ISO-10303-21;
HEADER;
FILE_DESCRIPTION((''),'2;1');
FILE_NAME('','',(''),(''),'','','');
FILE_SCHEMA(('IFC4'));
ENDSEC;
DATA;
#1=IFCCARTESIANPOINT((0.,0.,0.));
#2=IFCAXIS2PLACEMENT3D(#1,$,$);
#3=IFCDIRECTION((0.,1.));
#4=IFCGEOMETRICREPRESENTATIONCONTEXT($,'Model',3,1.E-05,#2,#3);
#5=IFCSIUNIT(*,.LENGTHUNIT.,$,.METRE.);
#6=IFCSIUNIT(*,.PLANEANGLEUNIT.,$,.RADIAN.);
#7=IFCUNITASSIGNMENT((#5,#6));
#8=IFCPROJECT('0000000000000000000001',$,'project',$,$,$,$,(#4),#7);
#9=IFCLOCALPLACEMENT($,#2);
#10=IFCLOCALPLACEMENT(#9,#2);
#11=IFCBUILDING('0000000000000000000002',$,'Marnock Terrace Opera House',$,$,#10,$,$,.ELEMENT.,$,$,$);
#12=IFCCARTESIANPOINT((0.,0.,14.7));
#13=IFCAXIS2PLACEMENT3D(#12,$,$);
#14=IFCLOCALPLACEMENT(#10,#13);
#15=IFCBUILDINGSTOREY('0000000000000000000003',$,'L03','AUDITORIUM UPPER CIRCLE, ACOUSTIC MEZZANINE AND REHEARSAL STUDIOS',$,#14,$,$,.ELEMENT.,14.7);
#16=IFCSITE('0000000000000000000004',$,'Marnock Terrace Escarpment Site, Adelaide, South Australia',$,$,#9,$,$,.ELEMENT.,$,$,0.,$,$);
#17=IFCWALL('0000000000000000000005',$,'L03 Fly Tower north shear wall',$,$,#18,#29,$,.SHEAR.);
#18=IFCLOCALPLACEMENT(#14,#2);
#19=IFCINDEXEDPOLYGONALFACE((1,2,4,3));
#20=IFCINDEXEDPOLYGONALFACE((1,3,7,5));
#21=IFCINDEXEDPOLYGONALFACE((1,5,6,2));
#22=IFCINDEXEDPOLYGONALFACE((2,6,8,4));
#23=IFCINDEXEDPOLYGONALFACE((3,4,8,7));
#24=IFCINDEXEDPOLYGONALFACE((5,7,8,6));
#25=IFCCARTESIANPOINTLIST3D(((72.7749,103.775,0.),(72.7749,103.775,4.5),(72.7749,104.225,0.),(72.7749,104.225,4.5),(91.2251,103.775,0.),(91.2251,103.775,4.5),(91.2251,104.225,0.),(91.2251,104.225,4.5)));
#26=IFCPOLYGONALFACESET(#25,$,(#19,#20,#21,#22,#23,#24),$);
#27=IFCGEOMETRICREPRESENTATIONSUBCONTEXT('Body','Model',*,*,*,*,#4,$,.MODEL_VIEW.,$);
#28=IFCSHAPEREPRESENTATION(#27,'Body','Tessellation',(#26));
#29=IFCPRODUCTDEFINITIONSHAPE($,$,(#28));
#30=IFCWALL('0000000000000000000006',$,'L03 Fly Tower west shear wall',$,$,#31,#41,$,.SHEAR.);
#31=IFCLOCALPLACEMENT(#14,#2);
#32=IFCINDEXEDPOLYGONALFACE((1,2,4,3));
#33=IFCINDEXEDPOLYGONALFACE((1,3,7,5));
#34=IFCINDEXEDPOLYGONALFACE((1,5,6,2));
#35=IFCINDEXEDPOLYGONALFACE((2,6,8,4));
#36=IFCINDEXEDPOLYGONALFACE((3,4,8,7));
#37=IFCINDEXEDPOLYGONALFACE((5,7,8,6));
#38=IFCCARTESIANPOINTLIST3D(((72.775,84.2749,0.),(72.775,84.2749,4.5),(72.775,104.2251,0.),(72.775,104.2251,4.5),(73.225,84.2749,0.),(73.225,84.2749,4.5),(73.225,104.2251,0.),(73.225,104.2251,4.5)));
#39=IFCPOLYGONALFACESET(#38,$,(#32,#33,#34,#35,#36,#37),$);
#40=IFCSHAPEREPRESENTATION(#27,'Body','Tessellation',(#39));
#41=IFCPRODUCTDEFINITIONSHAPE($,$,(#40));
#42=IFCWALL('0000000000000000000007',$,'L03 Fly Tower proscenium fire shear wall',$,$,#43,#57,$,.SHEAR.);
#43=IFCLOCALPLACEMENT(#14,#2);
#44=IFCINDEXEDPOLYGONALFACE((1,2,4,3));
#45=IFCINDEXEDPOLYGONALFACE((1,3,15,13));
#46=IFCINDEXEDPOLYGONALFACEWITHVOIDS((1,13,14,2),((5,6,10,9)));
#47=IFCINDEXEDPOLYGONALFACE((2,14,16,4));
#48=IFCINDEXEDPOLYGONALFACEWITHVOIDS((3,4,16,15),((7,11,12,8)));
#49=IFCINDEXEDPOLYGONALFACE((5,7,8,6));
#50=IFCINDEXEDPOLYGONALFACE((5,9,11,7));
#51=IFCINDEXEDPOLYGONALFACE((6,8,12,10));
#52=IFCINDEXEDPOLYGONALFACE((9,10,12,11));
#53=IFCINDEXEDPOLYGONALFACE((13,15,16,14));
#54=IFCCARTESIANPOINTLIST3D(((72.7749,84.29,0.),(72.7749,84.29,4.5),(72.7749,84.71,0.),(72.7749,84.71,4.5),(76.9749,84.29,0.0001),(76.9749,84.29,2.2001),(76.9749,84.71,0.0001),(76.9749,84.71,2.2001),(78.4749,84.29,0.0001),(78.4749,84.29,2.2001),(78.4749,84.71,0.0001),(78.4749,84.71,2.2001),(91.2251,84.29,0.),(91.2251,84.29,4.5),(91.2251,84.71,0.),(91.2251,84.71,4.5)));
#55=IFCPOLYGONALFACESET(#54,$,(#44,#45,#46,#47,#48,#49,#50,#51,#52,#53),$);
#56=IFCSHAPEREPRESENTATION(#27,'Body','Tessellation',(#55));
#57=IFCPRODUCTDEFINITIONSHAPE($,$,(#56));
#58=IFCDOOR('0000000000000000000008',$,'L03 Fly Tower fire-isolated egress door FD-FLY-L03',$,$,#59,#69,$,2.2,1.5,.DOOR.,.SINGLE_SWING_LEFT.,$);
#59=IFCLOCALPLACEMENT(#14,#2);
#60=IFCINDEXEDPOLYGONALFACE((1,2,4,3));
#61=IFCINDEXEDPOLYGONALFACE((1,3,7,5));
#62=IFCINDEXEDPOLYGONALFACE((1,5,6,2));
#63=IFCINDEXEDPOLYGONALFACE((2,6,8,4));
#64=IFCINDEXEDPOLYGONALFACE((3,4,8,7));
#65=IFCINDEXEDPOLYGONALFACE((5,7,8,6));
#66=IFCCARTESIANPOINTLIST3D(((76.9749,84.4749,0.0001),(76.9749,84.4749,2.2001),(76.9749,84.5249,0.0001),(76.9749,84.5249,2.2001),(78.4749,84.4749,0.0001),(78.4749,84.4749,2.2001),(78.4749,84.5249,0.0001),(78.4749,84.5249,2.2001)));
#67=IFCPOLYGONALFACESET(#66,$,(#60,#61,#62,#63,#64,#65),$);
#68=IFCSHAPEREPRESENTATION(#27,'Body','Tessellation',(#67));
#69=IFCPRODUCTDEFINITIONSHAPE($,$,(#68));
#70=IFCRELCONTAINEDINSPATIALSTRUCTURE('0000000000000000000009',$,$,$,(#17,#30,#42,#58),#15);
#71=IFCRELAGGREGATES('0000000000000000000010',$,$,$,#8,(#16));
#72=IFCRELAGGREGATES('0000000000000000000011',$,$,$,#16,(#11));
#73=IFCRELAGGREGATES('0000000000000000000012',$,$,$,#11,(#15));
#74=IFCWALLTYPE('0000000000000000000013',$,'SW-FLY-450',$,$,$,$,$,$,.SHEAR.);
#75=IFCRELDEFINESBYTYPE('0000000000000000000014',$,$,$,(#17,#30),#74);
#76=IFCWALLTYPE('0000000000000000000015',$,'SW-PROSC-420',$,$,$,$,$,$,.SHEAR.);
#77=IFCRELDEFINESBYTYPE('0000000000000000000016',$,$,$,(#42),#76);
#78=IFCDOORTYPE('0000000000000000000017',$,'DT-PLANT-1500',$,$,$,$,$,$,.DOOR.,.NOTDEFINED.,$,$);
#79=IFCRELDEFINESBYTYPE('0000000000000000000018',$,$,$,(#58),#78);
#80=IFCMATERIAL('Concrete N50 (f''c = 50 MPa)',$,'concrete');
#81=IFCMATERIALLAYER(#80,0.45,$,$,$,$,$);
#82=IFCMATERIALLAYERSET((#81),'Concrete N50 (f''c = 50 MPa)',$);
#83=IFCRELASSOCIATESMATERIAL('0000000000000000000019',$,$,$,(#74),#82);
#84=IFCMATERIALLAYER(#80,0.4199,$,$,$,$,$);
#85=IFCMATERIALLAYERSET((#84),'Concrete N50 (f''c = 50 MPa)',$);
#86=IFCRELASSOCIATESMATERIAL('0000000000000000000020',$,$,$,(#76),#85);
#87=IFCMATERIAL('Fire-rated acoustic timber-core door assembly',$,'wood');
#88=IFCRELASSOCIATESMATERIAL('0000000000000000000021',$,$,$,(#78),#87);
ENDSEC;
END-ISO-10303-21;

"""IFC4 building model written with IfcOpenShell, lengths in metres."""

from ifc_helpers import new_model, si_unit, direction, frame, frame_2d, origin, place, context, subcontext, project, spatial, rectangle, extrude, material, layer, layer_set, type_object, element, fill, save


model = new_model("IFC4")

# Units and contexts
model_context = context("Model", 3, precision=1e-05, world=origin(), true_north=direction((0.0, 1.0)))
body_context = subcontext(model_context, "Body", "Model", "MODEL_VIEW")
ifc_project = project(units=[si_unit("LENGTHUNIT", "METRE"), si_unit("PLANEANGLEUNIT", "RADIAN")], contexts=[model_context])

# Site, building, storey
site_placement = place(None, origin())
site = spatial("IfcSite", under=ifc_project, at=site_placement, Name="Marnock Terrace Escarpment Site, Adelaide, South Australia", CompositionType="ELEMENT", RefElevation=0.0)
building_placement = place(site_placement, origin())
building = spatial("IfcBuilding", under=site, at=building_placement, Name="Marnock Terrace Opera House", CompositionType="ELEMENT")
storey_placement = place(building_placement, frame((0.0, 0.0, 14.7)))
storey = spatial("IfcBuildingStorey", under=building, at=storey_placement, Name="L03", Description="AUDITORIUM UPPER CIRCLE, ACOUSTIC MEZZANINE AND REHEARSAL STUDIOS", CompositionType="ELEMENT", Elevation=14.7)

# Shared definitions
ifc_material_1 = material(Name="Concrete N50 (f'c = 50 MPa)", Category="concrete")

# Walls
ifc_layer_1 = layer(ifc_material_1, 0.45)
ifc_layer_set_1 = layer_set([ifc_layer_1], Name="Concrete N50 (f'c = 50 MPa)")
wall_type_1 = type_object("IfcWallType", Name="SW-FLY-450", PredefinedType="SHEAR", material=ifc_layer_set_1)
wall_1_placement = place(storey_placement, frame((72.7749, 104.0, 0.0), z_axis=(0.0, 0.0, 1.0), x_axis=(1.0, 0.0, 0.0)))
element("IfcWall", 1, at=wall_1_placement, inside=storey, type_object=wall_type_1, Name="L03 Fly Tower north shear wall", PredefinedType="SHEAR", context=body_context, shape_type="SweptSolid", body=[
    extrude(rectangle(XDim=18.4502, YDim=0.45, at=frame_2d((9.2251, 0.0))), origin(), (0.0, 0.0, 1.0), 4.5),
])
wall_2_placement = place(storey_placement, frame((73.0, 84.2749, 0.0), z_axis=(0.0, 0.0, 1.0), x_axis=(0.0, 1.0, 0.0)))
element("IfcWall", 2, at=wall_2_placement, inside=storey, type_object=wall_type_1, Name="L03 Fly Tower west shear wall", PredefinedType="SHEAR", context=body_context, shape_type="SweptSolid", body=[
    extrude(rectangle(XDim=19.9502, YDim=0.45, at=frame_2d((9.9751, 0.0))), origin(), (0.0, 0.0, 1.0), 4.5),
])

# Wall, opening, door
ifc_layer_2 = layer(ifc_material_1, 0.4199)
ifc_layer_set_2 = layer_set([ifc_layer_2], Name="Concrete N50 (f'c = 50 MPa)")
wall_type_2 = type_object("IfcWallType", Name="SW-PROSC-420", PredefinedType="SHEAR", material=ifc_layer_set_2)
wall_3_placement = place(storey_placement, frame((72.7749, 84.5, 0.0), z_axis=(0.0, 0.0, 1.0), x_axis=(1.0, 0.0, 0.0)))
wall_3 = element("IfcWall", 3, at=wall_3_placement, inside=storey, type_object=wall_type_2, Name="L03 Fly Tower proscenium fire shear wall", PredefinedType="SHEAR", context=body_context, shape_type="SweptSolid", body=[
    extrude(rectangle(XDim=18.4502, YDim=0.4199, at=frame_2d((9.2251, 0.0))), origin(), (0.0, 0.0, 1.0), 4.5),
])
opening_1_placement = place(wall_3_placement, frame((4.2, 0.0, 0.0)))
opening_1 = element("IfcOpeningElement", 4, at=opening_1_placement, cuts=wall_3, PredefinedType="OPENING", context=body_context, shape_type="SweptSolid", body=[
    extrude(rectangle(XDim=1.5, YDim=2.2, at=frame_2d((0.75, 1.1001))), frame((0.0, 0.22, 0.0), z_axis=(0.0, -1.0, 0.0), x_axis=(1.0, 0.0, 0.0)), (0.0, 0.0, 1.0), 0.4399),
])
ifc_material_2 = material(Name="Fire-rated acoustic timber-core door assembly", Category="wood")
door_type_1 = type_object("IfcDoorType", Name="DT-PLANT-1500", OperationType="NOTDEFINED", PredefinedType="DOOR", material=ifc_material_2)
door_1_placement = place(opening_1_placement, origin())
door_1 = element("IfcDoor", 5, at=door_1_placement, inside=storey, type_object=door_type_1, Name="L03 Fly Tower fire-isolated egress door FD-FLY-L03", OperationType="SINGLE_SWING_LEFT", OverallHeight=2.2, OverallWidth=1.5, PredefinedType="DOOR", context=body_context, shape_type="SweptSolid", body=[
    extrude(rectangle(XDim=1.5, YDim=2.2, at=frame_2d((0.75, 1.1001))), frame((0.0, 0.0249, 0.0), z_axis=(0.0, -1.0, 0.0), x_axis=(1.0, 0.0, 0.0)), (0.0, 0.0, 1.0), 0.05),
])
fill(opening_1, door_1)

save(model, "model.ifc")
